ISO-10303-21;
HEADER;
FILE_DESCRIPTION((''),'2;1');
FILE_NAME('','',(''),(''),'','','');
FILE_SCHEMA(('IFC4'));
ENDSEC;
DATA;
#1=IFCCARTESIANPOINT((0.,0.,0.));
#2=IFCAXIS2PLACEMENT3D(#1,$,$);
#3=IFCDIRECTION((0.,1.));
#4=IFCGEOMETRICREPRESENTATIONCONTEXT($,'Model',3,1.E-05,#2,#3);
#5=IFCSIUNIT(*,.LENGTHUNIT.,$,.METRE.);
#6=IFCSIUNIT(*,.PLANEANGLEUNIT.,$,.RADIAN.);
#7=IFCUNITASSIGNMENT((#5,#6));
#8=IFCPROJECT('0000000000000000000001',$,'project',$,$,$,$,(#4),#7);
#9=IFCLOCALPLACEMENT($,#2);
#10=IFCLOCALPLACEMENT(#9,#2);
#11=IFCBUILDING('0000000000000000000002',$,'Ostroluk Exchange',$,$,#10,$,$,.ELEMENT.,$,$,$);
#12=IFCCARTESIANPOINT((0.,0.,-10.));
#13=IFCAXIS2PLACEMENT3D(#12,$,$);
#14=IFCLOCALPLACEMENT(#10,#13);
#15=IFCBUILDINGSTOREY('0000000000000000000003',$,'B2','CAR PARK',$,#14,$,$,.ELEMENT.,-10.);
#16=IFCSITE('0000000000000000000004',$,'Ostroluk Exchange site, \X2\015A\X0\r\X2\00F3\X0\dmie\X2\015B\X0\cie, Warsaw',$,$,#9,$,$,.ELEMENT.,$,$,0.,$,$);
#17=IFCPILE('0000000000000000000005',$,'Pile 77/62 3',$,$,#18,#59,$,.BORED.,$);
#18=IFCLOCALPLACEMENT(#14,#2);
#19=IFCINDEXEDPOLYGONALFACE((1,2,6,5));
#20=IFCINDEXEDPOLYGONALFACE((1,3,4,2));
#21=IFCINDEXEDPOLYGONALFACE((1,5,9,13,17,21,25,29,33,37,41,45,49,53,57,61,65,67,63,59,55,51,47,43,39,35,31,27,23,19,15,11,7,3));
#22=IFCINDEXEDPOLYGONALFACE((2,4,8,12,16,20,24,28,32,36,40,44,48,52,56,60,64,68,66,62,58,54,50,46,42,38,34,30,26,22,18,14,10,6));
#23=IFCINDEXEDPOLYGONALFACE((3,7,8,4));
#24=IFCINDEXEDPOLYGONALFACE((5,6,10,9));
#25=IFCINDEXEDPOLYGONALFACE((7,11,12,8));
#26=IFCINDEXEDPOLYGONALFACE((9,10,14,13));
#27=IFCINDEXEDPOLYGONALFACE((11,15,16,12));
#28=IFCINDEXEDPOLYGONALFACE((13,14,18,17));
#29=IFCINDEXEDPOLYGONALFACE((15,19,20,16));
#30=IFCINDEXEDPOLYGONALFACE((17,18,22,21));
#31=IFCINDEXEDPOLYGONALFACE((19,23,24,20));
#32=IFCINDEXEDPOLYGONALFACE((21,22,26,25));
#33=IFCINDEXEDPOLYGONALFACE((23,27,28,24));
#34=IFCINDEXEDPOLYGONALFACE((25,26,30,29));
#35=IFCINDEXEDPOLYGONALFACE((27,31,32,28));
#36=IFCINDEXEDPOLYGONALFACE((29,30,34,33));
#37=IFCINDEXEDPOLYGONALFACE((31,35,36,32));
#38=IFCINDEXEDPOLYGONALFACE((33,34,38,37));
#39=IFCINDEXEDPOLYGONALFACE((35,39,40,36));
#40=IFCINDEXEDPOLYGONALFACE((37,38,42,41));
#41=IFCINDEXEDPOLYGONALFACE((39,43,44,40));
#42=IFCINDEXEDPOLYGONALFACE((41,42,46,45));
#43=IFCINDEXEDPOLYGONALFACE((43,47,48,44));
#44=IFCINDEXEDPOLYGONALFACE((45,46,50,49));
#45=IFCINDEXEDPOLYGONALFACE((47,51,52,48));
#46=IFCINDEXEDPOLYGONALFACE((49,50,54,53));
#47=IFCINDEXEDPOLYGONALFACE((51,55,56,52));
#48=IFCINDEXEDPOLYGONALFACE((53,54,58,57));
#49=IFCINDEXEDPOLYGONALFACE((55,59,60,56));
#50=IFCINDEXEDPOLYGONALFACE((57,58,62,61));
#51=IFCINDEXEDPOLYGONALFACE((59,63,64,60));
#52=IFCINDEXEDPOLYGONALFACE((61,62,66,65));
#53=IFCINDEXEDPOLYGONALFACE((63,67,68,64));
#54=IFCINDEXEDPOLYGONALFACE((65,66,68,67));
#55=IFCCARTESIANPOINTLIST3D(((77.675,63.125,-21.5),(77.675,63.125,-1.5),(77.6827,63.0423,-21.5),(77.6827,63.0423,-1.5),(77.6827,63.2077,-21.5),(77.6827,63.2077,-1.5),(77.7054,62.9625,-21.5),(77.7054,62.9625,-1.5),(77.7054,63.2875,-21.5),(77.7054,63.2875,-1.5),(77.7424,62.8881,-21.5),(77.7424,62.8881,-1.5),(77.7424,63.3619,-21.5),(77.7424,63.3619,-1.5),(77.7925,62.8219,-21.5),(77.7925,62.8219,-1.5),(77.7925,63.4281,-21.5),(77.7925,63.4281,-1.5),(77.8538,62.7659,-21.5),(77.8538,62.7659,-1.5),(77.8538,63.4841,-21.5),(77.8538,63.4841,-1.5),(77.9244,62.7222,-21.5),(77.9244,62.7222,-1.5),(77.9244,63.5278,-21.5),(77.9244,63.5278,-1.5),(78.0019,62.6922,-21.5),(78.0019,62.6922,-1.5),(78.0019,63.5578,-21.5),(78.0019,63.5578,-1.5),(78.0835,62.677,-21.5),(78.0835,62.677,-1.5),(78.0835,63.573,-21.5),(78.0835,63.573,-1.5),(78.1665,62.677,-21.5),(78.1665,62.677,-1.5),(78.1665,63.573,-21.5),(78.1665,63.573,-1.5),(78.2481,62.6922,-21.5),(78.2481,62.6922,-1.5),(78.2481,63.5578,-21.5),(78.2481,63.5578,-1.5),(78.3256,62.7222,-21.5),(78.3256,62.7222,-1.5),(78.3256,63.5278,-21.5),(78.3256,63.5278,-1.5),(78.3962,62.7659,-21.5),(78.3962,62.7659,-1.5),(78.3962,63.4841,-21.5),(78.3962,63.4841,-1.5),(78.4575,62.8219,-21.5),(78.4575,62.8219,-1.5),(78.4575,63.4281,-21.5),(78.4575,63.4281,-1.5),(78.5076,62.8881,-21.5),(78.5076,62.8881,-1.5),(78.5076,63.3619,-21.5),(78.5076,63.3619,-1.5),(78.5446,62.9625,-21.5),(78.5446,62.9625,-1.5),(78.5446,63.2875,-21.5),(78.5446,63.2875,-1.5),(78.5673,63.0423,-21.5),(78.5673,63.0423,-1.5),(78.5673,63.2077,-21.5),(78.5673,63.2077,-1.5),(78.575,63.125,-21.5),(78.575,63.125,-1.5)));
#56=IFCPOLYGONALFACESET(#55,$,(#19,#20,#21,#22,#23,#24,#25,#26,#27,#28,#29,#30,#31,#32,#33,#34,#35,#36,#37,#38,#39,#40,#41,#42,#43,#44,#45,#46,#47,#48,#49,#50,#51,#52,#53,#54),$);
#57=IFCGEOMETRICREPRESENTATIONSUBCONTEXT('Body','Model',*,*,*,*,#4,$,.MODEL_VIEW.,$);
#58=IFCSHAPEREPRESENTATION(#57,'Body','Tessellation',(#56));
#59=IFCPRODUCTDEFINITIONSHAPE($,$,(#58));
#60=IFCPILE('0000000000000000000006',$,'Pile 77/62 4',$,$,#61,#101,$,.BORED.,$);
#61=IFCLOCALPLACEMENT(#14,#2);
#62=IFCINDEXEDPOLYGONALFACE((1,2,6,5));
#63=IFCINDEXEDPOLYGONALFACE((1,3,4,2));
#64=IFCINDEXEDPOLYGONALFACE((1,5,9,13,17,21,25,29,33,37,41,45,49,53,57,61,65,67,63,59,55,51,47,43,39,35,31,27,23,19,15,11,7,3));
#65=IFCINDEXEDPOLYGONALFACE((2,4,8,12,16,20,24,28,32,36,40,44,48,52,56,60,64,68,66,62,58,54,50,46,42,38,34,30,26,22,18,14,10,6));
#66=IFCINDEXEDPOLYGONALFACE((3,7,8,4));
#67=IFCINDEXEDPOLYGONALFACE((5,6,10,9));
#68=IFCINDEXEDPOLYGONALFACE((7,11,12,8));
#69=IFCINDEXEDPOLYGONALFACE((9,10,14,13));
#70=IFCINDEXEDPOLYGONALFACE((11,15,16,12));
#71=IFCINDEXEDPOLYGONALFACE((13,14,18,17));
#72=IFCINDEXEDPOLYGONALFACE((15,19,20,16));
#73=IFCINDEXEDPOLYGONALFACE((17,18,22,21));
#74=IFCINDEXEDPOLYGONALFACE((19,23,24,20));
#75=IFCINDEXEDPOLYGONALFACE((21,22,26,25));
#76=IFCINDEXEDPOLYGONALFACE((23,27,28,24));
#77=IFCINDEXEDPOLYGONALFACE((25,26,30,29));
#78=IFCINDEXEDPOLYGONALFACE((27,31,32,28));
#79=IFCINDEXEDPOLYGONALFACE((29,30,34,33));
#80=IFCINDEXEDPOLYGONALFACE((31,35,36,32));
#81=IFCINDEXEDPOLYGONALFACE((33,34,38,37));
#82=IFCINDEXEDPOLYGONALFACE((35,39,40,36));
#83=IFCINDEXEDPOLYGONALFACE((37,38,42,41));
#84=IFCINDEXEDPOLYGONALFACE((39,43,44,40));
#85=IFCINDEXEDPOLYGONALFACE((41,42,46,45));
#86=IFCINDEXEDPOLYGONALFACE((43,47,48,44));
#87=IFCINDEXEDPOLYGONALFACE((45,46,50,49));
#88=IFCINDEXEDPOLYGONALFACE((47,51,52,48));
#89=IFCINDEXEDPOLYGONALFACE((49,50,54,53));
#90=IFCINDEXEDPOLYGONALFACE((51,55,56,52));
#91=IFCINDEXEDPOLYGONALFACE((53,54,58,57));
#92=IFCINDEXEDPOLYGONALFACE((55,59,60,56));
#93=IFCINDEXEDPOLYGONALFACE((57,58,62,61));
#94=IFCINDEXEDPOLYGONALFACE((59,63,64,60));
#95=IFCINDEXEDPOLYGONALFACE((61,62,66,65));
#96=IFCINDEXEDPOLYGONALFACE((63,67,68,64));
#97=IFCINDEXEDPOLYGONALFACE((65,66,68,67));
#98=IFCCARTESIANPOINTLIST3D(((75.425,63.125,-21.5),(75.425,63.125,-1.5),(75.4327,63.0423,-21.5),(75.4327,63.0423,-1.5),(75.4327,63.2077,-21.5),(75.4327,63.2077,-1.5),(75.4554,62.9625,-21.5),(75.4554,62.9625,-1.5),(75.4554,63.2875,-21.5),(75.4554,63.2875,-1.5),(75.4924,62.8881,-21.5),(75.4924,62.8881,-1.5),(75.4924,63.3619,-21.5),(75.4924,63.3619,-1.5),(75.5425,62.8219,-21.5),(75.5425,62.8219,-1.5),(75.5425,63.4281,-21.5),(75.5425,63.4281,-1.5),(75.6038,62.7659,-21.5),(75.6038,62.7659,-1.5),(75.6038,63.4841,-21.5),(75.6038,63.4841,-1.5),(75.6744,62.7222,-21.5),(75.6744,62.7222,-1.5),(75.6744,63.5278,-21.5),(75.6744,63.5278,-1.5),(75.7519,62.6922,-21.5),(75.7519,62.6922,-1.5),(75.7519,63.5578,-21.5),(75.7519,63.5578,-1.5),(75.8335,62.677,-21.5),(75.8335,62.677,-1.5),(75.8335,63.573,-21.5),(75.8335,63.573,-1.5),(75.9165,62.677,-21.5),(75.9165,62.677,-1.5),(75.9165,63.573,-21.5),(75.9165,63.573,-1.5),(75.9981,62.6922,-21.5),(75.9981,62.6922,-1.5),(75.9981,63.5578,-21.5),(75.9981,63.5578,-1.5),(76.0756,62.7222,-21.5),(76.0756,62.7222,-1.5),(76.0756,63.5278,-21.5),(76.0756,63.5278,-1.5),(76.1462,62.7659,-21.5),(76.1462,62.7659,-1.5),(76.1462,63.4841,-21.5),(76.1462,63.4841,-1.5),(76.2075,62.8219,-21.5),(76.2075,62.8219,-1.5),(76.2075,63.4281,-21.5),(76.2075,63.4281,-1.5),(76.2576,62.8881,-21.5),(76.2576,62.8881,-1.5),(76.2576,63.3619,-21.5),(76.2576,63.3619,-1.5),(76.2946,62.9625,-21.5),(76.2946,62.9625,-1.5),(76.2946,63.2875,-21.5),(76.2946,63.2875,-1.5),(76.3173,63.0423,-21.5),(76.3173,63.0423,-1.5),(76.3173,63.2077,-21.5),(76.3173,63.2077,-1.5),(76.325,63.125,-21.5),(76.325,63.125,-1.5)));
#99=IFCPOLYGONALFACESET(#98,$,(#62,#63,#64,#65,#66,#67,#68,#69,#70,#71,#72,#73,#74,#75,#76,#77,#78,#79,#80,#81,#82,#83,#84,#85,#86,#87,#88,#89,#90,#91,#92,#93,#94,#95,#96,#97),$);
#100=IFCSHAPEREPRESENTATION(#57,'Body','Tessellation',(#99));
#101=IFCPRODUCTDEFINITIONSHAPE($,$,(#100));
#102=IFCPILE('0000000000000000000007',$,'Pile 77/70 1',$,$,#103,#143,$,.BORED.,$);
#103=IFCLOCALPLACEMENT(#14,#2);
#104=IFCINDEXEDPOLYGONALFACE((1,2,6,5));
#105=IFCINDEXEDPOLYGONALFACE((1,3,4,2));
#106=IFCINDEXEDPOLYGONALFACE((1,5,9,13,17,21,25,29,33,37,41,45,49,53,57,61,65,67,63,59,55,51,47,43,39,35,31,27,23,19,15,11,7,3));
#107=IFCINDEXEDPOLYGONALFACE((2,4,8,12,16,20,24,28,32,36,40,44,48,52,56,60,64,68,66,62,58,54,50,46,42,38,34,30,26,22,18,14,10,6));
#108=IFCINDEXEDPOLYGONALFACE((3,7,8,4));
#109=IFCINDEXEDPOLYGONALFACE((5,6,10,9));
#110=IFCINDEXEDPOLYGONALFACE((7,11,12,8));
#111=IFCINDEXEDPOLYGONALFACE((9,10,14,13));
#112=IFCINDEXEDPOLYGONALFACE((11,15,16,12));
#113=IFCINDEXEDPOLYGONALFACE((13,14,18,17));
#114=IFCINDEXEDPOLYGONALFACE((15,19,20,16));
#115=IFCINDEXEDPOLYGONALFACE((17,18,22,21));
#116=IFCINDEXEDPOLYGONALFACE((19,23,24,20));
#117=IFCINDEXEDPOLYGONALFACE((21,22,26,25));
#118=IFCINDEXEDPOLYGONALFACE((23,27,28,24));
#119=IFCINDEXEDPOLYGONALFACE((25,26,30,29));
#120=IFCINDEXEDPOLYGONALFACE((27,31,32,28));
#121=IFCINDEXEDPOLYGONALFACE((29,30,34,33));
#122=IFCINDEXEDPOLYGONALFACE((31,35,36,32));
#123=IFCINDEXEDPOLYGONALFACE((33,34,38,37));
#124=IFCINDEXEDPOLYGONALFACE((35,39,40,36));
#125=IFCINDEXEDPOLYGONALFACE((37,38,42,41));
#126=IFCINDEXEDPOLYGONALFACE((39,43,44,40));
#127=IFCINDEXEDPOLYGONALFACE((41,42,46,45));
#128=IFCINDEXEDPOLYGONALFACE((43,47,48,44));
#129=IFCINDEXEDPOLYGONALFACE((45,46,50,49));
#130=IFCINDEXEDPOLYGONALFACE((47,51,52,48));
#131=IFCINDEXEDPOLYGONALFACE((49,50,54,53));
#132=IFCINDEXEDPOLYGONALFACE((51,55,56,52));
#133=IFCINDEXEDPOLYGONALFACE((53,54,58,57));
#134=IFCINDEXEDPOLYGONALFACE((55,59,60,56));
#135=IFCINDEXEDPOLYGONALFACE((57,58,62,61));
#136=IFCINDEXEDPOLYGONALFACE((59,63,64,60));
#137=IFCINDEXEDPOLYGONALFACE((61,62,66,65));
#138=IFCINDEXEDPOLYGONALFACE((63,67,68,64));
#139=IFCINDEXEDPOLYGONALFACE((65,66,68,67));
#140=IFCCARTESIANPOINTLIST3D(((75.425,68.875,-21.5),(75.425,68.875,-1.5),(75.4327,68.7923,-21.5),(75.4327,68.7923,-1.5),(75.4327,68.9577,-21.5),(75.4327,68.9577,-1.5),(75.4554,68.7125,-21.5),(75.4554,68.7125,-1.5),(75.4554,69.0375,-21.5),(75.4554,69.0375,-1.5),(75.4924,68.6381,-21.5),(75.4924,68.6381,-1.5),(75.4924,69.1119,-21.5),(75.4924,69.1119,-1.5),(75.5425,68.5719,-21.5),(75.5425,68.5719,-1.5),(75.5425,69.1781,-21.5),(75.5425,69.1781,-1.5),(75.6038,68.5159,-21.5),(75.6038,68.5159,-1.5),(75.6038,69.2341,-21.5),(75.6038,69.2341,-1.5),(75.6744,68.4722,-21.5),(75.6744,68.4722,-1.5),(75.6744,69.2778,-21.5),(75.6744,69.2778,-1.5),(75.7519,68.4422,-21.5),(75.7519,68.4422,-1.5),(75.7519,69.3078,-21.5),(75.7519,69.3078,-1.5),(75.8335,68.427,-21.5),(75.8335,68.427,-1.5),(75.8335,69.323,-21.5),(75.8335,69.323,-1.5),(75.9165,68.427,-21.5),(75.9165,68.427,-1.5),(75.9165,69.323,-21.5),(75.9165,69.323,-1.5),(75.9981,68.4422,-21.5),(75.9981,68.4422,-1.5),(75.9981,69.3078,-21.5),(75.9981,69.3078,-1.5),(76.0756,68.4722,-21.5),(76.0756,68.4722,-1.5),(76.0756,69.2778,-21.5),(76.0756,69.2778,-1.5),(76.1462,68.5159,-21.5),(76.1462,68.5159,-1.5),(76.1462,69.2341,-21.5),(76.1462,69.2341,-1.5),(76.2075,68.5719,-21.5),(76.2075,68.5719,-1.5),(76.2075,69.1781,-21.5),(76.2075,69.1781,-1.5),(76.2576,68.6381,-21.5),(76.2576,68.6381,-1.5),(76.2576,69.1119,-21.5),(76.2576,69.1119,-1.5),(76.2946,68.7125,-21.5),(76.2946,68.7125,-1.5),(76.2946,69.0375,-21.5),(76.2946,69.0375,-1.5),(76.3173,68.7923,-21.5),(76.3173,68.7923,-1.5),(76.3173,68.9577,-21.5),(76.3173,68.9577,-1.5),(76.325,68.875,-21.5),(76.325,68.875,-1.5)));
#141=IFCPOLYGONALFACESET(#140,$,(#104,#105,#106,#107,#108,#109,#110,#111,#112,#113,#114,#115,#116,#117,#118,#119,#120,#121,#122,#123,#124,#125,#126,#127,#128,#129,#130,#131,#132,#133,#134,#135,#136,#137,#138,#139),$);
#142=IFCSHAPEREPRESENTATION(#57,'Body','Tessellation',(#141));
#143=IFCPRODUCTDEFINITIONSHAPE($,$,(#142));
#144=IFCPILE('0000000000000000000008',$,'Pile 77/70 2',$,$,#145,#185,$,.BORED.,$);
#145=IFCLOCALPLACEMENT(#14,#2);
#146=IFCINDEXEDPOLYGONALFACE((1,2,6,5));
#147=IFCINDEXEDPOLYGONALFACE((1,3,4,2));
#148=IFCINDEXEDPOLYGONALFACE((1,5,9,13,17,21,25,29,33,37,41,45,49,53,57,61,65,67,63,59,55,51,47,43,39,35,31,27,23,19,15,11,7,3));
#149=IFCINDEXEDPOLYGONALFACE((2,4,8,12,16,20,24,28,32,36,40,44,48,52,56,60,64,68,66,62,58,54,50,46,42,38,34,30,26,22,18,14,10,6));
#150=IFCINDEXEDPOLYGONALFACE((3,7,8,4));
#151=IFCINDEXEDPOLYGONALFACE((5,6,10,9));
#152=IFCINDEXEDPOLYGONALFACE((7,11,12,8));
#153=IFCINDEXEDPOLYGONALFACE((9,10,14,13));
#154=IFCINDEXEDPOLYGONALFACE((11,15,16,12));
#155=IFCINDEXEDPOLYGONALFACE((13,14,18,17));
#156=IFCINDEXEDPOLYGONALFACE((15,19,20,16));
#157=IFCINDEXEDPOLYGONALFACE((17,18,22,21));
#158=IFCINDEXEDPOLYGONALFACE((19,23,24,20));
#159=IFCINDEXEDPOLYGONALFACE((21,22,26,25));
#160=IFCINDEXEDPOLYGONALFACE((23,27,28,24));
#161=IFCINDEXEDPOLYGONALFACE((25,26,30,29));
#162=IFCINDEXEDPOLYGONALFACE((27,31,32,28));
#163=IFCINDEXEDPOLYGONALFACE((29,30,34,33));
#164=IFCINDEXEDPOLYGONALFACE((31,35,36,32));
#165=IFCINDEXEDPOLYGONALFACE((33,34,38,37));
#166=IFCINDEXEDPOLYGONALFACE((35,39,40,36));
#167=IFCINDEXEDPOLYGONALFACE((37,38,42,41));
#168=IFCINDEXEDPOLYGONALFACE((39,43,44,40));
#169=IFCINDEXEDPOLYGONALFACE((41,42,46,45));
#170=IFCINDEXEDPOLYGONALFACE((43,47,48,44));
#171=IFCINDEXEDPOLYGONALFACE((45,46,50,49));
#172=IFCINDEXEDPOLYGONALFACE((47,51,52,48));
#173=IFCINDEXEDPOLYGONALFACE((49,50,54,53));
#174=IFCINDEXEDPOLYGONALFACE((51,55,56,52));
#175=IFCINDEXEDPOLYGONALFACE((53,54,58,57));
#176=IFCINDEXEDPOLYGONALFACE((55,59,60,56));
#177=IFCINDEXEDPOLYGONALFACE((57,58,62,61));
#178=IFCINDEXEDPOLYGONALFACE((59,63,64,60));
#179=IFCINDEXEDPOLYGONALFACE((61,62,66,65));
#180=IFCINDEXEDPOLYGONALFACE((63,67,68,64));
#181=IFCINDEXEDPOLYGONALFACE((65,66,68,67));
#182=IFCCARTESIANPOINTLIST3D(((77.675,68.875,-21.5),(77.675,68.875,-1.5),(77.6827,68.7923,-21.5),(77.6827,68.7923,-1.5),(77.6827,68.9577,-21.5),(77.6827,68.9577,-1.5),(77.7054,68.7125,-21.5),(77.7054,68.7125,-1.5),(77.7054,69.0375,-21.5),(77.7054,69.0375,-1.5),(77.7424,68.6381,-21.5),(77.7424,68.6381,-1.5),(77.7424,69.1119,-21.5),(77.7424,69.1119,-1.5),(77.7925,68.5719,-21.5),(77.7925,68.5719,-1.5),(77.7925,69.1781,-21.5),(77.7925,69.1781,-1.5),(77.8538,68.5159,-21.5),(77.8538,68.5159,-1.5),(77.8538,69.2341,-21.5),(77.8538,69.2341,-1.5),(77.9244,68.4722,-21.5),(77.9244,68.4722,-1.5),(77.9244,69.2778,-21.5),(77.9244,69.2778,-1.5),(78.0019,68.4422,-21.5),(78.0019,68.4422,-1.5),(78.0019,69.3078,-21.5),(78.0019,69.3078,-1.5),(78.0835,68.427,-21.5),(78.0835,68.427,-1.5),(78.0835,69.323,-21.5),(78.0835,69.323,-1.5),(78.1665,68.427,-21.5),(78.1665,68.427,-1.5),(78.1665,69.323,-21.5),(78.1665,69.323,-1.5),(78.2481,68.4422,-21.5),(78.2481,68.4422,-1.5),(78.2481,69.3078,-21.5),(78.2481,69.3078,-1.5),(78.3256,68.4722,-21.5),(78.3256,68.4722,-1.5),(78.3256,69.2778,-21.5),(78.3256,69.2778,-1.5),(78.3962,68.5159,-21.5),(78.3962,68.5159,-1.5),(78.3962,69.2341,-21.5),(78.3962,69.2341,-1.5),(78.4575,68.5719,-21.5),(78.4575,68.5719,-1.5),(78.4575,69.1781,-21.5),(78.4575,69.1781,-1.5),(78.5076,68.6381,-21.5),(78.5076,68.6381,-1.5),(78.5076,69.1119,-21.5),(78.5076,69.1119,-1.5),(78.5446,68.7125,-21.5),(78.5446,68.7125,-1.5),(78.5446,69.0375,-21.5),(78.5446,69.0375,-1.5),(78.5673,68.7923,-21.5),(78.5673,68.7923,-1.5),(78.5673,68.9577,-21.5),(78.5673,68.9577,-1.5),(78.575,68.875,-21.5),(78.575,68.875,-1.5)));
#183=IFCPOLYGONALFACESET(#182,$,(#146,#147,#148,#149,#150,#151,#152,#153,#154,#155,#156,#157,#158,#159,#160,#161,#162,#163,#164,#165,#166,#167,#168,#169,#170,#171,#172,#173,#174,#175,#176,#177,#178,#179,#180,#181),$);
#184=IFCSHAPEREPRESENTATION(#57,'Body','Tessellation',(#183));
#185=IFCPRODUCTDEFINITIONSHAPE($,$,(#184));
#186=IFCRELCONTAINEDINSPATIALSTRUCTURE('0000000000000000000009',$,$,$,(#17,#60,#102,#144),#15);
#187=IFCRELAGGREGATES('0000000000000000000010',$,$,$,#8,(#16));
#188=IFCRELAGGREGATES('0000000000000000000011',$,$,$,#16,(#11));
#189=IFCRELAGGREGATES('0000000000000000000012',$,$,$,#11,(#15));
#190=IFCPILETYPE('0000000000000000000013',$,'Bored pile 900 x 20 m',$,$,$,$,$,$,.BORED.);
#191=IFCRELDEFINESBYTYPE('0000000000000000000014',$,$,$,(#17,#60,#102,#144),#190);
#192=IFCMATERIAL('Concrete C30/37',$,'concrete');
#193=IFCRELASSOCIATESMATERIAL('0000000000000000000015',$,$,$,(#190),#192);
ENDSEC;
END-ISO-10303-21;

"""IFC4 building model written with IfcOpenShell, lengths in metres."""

from ifc_helpers import new_model, si_unit, direction, frame, origin, origin_2d, place, context, subcontext, project, spatial, circle, extrude, material, type_object, element, save


model = new_model("IFC4")

# Units and contexts
model_context = context("Model", 3, precision=1e-05, world=origin(), true_north=direction((0.0, 1.0)))
body_context = subcontext(model_context, "Body", "Model", "MODEL_VIEW")
ifc_project = project(units=[si_unit("LENGTHUNIT", "METRE"), si_unit("PLANEANGLEUNIT", "RADIAN")], contexts=[model_context])

# Site, building, storey
site_placement = place(None, origin())
site = spatial("IfcSite", under=ifc_project, at=site_placement, Name="Ostroluk Exchange site, Śródmieście, Warsaw", CompositionType="ELEMENT", RefElevation=0.0)
building_placement = place(site_placement, origin())
building = spatial("IfcBuilding", under=site, at=building_placement, Name="Ostroluk Exchange", CompositionType="ELEMENT")
storey_placement = place(building_placement, frame((0.0, 0.0, -10.0)))
storey = spatial("IfcBuildingStorey", under=building, at=storey_placement, Name="B2", Description="CAR PARK", CompositionType="ELEMENT", Elevation=-10.0)

# Piles
ifc_material_1 = material(Name="Concrete C30/37", Category="concrete")
pile_type = type_object("IfcPileType", Name="Bored pile 900 x 20 m", PredefinedType="BORED", material=ifc_material_1)
for number, where, z_axis, x_axis, name in (
    (1, (78.125, 63.125, -1.5), (0.0, 0.0, -1.0), (1.0, 0.0, 0.0), "Pile 77/62 3"),
    (2, (75.875, 63.125, -1.5), (0.0, 0.0, -1.0), (1.0, 0.0, 0.0), "Pile 77/62 4"),
    (3, (75.875, 68.875, -1.5), (0.0, 0.0, -1.0), (1.0, 0.0, 0.0), "Pile 77/70 1"),
    (4, (78.125, 68.875, -1.5), (0.0, 0.0, -1.0), (1.0, 0.0, 0.0), "Pile 77/70 2"),
):
    element("IfcPile", number, at=place(storey_placement, frame(where, z_axis=z_axis, x_axis=x_axis)), inside=storey, type_object=pile_type, Name=name, PredefinedType="BORED", context=body_context, shape_type="SweptSolid", body=[
        extrude(circle(Radius=0.45, at=origin_2d()), origin(), (0.0, 0.0, 1.0), 20.0),
    ])

save(model, "model.ifc")
